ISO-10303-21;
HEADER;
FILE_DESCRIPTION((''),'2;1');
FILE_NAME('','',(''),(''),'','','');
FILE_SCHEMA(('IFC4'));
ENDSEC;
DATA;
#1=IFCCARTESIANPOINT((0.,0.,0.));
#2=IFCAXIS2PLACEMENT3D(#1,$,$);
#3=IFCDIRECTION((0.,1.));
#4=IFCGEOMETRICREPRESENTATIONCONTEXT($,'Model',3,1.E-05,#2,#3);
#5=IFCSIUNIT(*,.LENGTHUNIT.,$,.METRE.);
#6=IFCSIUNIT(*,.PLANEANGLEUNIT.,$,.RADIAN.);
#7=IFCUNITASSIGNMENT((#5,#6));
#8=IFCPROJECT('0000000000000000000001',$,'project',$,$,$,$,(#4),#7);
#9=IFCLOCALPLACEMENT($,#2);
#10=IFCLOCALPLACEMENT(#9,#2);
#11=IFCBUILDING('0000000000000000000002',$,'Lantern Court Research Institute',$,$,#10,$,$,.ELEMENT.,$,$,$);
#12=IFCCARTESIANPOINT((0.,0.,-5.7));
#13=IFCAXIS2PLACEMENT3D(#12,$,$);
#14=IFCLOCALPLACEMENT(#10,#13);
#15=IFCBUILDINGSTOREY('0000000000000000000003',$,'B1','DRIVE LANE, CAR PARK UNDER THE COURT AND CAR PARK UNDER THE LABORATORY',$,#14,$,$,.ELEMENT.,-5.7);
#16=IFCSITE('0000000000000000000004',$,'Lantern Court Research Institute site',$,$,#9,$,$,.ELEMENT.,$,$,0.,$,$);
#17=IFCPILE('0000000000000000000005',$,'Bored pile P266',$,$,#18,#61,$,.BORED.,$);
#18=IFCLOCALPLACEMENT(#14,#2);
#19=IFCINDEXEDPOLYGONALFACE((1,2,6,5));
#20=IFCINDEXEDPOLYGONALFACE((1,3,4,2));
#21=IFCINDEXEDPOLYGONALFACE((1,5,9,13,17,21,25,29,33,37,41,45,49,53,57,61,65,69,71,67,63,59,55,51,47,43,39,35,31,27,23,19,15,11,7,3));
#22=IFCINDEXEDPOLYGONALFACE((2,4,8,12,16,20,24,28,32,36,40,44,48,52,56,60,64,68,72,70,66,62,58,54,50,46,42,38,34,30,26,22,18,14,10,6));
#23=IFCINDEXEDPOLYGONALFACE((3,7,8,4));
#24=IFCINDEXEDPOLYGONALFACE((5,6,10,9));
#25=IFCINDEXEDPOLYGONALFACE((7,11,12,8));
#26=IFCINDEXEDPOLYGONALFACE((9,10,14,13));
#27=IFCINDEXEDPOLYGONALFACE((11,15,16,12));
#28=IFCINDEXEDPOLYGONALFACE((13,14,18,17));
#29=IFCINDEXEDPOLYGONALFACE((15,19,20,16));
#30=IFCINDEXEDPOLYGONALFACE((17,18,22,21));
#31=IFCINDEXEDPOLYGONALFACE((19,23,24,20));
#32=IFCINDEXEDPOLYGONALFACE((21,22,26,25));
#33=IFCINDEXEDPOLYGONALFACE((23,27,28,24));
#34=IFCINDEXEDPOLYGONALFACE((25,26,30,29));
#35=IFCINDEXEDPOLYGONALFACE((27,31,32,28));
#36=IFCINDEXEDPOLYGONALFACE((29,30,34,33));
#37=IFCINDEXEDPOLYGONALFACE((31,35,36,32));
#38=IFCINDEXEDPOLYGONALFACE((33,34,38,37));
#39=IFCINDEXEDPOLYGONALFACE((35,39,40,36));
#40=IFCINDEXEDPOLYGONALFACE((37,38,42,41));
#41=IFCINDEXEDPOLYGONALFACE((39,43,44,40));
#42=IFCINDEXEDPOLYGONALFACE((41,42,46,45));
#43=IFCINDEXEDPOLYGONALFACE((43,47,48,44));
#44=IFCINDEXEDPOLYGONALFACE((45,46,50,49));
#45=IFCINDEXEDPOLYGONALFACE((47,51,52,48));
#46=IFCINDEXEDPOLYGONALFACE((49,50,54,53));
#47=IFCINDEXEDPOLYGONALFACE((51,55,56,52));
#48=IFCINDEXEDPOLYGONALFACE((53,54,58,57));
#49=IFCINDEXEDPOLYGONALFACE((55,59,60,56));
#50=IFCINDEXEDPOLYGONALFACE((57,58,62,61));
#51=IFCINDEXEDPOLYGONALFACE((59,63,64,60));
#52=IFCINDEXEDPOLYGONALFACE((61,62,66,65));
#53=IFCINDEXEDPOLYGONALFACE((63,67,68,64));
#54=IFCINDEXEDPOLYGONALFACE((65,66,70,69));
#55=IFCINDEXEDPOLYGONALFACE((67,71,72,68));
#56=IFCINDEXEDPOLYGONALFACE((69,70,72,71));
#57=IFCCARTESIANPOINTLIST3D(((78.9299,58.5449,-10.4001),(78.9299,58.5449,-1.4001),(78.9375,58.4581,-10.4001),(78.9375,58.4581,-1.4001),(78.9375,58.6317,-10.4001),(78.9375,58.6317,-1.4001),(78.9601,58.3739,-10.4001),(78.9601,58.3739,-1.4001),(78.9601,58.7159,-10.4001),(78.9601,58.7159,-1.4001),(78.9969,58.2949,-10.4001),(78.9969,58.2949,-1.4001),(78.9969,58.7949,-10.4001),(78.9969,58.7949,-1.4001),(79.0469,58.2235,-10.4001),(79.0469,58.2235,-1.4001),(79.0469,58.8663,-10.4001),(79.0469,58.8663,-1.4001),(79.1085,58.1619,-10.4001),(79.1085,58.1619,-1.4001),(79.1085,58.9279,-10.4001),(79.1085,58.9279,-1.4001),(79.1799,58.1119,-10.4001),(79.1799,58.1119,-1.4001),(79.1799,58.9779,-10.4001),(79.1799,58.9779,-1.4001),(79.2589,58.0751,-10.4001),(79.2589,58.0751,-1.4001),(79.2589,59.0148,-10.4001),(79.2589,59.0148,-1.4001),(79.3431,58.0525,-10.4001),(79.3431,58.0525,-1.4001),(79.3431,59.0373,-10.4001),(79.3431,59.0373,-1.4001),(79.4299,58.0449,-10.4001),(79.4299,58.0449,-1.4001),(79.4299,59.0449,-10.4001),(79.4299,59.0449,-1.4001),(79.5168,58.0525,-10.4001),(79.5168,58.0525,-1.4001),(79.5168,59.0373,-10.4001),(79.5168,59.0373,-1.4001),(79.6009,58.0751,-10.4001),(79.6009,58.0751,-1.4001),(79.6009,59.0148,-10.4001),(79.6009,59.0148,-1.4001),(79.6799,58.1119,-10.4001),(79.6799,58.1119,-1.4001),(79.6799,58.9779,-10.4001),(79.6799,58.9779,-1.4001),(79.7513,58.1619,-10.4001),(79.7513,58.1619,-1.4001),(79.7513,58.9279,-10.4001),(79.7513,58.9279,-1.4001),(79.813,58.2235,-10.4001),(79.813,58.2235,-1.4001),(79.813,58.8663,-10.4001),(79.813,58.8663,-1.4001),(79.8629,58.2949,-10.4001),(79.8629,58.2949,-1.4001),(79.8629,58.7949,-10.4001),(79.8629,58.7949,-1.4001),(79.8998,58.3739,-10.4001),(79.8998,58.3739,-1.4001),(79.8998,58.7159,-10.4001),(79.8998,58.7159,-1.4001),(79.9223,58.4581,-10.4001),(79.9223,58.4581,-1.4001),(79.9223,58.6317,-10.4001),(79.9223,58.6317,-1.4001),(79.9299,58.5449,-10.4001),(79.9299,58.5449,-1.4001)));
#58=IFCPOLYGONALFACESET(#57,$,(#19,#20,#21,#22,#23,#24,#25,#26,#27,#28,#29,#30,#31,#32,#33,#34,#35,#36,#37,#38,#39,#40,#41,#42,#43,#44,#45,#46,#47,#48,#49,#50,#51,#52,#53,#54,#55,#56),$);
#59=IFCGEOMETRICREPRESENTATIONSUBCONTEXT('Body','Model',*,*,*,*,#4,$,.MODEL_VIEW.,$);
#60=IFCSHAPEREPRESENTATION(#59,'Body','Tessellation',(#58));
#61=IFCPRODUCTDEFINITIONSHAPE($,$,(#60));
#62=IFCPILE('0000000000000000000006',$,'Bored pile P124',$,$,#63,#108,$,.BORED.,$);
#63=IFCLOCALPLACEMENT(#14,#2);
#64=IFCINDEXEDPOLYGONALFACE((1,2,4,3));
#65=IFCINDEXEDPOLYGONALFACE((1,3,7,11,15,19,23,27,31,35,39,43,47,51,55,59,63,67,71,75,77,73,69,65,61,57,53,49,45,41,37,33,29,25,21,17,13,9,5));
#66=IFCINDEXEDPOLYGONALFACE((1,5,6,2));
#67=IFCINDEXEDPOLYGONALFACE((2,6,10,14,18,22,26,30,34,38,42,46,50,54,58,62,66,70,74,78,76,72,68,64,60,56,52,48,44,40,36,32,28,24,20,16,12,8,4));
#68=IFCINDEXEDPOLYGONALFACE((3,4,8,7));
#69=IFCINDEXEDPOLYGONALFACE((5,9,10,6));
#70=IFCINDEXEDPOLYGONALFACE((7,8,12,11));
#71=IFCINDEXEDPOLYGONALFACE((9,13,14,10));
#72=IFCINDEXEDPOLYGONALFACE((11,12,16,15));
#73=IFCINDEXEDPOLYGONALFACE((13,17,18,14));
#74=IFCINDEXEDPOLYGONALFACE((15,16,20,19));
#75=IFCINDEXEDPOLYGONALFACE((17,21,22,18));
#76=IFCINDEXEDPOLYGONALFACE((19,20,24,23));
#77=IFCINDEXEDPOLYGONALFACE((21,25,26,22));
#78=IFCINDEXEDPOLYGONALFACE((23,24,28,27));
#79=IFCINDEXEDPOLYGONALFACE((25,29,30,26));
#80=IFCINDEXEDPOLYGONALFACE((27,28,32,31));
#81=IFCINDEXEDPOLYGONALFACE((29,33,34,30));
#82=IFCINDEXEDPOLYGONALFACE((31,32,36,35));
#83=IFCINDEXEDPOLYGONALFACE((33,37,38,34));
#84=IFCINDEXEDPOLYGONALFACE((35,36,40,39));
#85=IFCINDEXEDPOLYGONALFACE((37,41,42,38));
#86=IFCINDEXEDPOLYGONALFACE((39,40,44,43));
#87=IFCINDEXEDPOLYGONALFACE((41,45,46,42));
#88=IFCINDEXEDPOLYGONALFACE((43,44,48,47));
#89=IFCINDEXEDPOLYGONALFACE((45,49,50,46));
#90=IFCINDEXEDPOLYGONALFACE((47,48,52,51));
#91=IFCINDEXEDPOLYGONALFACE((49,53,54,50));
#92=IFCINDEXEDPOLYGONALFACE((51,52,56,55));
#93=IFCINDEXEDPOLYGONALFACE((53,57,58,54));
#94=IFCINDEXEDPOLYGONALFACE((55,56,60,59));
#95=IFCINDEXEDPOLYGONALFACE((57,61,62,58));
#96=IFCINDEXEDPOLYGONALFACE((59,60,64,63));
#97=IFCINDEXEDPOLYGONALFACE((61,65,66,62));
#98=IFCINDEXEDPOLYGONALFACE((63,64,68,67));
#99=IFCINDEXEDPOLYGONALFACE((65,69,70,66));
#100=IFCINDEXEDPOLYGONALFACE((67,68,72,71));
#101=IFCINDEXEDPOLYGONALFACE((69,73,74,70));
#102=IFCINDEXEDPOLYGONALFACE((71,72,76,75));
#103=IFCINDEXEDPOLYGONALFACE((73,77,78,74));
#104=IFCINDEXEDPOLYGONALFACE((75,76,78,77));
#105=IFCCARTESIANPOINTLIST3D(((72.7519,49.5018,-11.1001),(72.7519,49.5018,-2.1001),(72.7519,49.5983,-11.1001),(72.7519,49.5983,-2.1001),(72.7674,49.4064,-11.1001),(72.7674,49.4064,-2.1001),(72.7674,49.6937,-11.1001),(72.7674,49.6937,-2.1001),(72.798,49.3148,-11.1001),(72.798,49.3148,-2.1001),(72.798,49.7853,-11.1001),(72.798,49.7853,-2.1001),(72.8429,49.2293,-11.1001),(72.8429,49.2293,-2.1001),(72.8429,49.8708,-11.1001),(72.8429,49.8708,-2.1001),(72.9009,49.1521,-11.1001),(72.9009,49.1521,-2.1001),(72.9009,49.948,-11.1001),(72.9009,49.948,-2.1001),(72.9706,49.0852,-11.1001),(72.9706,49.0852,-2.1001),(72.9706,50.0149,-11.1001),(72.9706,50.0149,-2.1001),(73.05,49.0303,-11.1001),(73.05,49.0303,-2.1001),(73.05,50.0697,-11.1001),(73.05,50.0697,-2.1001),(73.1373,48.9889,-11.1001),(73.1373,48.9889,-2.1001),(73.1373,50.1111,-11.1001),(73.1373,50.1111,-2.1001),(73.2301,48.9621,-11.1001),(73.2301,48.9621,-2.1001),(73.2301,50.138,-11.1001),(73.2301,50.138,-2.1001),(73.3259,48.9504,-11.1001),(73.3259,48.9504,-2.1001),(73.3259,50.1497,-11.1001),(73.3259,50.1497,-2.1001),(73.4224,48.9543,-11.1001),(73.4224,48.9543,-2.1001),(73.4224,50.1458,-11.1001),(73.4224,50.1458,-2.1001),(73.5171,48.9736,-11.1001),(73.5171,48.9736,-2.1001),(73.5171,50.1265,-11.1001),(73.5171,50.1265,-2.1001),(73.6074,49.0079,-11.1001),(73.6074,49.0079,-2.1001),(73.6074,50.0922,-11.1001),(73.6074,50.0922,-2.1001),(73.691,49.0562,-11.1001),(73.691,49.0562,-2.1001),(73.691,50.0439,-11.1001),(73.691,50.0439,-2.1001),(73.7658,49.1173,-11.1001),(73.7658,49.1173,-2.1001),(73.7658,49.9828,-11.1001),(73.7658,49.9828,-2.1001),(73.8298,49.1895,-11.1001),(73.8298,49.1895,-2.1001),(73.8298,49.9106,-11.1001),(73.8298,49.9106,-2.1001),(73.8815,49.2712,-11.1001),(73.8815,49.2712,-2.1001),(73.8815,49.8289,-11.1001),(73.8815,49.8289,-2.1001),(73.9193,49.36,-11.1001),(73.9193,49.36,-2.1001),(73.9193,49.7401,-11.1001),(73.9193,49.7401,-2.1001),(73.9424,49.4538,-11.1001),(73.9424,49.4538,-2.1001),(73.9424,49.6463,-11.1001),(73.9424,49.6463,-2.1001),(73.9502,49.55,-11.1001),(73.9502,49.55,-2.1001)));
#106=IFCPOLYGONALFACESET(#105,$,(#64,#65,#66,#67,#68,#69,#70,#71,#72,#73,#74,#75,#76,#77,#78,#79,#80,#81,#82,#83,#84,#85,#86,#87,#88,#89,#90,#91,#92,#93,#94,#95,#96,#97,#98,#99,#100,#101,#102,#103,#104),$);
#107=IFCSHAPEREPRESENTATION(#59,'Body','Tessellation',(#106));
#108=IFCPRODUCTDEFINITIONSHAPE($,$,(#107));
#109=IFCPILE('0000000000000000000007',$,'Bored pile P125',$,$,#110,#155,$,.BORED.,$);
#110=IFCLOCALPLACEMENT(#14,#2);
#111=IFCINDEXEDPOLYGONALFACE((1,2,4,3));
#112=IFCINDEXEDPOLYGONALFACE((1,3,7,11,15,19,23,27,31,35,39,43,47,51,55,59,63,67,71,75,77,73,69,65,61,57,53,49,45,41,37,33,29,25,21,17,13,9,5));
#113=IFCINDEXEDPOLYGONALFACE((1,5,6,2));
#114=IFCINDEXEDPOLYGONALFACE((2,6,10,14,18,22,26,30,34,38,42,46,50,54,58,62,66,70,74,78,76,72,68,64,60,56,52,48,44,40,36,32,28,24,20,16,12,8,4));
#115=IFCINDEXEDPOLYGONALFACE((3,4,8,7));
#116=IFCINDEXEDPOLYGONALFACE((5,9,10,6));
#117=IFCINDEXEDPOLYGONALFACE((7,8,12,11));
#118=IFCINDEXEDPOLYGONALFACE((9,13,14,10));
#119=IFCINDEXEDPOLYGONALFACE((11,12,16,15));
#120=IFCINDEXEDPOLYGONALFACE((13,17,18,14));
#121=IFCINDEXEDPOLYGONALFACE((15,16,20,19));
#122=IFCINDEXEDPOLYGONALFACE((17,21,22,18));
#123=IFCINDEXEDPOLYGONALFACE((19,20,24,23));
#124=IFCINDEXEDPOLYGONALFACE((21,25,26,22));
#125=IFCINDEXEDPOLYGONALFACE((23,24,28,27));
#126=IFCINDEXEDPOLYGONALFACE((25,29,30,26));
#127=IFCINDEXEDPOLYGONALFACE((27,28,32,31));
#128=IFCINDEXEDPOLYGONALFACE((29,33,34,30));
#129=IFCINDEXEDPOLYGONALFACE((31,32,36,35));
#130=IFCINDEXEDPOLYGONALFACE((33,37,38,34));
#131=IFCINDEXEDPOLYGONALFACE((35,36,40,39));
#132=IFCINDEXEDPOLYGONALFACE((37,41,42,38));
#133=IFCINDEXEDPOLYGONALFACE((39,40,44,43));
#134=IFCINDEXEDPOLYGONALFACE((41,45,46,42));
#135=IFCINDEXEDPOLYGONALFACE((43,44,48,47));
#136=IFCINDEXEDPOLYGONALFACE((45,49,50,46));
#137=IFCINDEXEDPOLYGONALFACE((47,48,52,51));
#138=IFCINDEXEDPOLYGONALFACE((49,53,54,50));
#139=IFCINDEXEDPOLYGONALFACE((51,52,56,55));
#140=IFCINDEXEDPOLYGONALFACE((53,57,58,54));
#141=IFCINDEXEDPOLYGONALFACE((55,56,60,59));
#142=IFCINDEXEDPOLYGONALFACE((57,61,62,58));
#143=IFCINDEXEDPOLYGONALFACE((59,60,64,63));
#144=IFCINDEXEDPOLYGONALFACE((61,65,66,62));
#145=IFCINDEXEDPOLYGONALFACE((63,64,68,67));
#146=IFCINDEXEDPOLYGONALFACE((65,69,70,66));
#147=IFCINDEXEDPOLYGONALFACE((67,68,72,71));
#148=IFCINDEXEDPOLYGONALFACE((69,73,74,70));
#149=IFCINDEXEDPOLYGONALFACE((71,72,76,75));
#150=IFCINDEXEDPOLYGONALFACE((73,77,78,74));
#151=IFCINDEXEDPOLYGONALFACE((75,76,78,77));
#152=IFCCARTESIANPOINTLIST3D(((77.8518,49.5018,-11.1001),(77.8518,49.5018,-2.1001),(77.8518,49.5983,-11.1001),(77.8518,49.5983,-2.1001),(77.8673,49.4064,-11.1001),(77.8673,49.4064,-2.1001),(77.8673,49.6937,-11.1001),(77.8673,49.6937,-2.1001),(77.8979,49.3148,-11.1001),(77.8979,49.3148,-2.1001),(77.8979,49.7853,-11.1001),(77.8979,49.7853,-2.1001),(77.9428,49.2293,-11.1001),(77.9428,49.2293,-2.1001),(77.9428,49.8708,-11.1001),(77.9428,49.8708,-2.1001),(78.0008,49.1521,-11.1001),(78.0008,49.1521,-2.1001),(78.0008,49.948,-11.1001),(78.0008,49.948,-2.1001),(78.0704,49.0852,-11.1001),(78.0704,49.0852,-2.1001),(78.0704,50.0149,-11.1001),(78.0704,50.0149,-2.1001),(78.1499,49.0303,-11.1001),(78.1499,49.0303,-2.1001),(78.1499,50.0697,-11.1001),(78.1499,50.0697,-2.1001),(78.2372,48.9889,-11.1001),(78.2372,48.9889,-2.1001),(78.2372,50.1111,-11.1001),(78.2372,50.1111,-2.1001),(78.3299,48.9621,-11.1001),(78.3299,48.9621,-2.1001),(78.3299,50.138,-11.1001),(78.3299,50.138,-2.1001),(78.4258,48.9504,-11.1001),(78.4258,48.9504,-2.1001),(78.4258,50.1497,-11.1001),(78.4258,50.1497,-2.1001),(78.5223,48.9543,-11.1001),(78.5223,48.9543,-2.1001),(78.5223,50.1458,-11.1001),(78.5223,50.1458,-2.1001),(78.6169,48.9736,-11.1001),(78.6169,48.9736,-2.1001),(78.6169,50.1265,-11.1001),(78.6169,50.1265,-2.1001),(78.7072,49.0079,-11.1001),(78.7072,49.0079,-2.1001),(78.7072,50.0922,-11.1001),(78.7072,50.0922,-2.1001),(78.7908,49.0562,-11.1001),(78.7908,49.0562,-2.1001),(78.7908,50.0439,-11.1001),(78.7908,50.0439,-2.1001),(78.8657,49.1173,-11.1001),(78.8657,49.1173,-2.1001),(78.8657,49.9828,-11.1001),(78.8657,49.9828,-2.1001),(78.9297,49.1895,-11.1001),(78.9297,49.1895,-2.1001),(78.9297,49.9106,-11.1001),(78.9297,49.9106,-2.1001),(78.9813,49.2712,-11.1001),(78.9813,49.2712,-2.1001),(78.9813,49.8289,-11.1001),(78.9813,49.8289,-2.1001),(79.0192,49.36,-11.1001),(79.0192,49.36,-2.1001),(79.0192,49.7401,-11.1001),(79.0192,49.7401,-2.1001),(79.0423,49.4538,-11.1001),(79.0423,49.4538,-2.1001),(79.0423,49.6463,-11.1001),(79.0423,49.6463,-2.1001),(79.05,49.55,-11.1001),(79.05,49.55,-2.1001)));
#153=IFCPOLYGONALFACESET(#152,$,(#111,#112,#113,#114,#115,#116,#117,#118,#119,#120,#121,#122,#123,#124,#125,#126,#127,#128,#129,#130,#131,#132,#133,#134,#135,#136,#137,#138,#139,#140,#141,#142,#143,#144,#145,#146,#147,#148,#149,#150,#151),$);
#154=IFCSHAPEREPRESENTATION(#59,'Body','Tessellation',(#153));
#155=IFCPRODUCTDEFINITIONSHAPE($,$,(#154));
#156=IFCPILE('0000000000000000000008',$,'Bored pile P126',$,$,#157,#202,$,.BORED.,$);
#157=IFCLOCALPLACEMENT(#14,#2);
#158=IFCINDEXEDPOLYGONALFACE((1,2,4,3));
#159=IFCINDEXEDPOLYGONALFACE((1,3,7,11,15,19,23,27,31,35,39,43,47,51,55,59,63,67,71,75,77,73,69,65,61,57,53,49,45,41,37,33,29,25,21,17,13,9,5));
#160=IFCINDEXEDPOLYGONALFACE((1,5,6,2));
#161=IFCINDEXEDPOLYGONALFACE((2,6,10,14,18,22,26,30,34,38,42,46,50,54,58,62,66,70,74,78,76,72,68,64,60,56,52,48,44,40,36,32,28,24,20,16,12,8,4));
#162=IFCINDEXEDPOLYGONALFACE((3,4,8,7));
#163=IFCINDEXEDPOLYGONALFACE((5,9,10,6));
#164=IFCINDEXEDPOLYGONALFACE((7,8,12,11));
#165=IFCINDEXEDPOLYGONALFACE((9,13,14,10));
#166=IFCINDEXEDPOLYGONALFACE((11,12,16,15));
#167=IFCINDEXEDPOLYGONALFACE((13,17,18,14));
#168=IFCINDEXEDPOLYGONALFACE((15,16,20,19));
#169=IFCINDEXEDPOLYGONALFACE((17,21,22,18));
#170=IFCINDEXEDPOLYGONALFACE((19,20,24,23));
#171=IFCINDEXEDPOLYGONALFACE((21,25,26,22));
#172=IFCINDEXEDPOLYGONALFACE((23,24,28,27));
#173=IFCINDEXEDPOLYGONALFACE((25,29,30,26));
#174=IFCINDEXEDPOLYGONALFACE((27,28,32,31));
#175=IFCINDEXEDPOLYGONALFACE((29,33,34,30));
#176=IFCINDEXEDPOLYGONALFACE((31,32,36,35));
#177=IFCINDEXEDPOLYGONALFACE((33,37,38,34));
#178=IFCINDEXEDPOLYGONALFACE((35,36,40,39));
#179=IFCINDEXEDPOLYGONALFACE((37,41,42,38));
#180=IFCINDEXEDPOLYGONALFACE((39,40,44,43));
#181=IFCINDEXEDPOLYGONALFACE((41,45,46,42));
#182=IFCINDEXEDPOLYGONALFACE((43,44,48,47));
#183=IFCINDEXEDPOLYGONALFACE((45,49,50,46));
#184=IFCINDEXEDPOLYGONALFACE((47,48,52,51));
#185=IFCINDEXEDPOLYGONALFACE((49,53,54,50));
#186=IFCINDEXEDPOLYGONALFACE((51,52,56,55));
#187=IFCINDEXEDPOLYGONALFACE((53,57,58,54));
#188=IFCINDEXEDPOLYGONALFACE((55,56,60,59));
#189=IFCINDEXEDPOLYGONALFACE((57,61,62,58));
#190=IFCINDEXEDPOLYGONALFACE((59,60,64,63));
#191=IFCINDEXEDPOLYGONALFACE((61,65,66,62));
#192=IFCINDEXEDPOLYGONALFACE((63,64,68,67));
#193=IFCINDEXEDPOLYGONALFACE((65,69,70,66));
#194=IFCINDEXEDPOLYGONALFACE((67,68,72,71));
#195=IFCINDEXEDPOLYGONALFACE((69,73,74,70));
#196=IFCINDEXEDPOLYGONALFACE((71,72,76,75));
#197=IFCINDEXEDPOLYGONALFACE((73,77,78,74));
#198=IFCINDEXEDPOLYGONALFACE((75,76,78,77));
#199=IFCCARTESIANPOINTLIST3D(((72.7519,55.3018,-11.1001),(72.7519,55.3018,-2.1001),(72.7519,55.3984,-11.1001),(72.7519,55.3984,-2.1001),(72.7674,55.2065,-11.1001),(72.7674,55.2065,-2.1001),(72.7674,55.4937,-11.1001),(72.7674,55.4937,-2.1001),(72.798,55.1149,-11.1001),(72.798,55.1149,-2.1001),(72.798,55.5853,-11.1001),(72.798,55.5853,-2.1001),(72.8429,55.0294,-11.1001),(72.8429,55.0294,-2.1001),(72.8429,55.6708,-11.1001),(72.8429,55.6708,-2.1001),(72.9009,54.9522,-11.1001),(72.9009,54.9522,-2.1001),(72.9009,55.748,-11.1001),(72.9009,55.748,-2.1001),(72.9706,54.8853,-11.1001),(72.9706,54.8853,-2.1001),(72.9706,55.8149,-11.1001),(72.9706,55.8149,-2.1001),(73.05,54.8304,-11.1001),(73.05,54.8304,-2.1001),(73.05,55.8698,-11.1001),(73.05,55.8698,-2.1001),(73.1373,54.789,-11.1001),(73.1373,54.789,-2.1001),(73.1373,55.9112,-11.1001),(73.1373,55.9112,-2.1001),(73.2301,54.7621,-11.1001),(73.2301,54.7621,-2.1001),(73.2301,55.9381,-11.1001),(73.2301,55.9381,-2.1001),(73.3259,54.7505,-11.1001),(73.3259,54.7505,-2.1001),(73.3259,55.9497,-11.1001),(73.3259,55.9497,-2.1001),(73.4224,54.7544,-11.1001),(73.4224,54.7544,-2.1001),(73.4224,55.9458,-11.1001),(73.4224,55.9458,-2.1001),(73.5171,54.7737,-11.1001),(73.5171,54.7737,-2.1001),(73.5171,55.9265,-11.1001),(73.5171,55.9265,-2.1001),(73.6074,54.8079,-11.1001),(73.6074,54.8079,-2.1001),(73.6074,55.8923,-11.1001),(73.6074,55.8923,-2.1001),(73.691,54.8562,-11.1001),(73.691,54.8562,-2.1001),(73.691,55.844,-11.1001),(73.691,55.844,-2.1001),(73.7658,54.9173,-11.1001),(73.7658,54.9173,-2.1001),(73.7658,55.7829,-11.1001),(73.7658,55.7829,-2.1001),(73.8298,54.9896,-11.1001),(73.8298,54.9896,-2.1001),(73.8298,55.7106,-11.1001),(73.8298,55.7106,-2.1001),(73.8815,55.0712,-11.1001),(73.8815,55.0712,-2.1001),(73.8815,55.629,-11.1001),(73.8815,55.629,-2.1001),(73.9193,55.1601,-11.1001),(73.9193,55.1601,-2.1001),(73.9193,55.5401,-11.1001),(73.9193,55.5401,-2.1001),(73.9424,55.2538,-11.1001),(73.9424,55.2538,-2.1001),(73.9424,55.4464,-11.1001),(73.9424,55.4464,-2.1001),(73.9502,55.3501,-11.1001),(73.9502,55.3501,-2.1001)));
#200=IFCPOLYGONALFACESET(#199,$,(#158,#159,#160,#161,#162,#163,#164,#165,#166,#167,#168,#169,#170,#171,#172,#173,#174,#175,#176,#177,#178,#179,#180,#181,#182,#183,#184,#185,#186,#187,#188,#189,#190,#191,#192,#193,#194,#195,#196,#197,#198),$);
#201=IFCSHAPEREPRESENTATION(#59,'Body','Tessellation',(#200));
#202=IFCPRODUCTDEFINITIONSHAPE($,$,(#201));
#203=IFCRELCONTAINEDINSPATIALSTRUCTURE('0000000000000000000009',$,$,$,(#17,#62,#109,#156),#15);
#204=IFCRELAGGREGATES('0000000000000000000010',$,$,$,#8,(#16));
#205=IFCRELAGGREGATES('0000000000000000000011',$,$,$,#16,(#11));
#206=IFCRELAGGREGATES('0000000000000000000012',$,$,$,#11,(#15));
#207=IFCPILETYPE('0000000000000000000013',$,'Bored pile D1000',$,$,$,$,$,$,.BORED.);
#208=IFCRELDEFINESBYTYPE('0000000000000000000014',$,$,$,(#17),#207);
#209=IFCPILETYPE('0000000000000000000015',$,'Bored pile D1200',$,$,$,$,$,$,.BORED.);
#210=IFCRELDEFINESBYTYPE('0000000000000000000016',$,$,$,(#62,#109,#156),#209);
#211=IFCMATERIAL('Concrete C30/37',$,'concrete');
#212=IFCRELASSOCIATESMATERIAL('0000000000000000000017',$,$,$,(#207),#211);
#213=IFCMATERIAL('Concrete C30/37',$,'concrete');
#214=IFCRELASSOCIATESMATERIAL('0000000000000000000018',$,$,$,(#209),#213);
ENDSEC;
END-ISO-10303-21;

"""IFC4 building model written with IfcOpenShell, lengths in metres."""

from ifc_helpers import new_model, si_unit, direction, frame, origin, origin_2d, place, context, subcontext, project, spatial, circle, extrude, material, material_profile, profile_set, type_object, element, save


model = new_model("IFC4")

# Units and contexts
model_context = context("Model", 3, precision=1e-05, world=origin(), true_north=direction((0.0, 1.0)))
body_context = subcontext(model_context, "Body", "Model", "MODEL_VIEW")
ifc_project = project(units=[si_unit("LENGTHUNIT", "METRE"), si_unit("PLANEANGLEUNIT", "RADIAN")], contexts=[model_context])

# Site, building, storey
site_placement = place(None, origin())
site = spatial("IfcSite", under=ifc_project, at=site_placement, Name="Lantern Court Research Institute site", CompositionType="ELEMENT", RefElevation=0.0)
building_placement = place(site_placement, origin())
building = spatial("IfcBuilding", under=site, at=building_placement, Name="Lantern Court Research Institute", CompositionType="ELEMENT")
storey_placement = place(building_placement, frame((0.0, 0.0, -5.7)))
storey = spatial("IfcBuildingStorey", under=building, at=storey_placement, Name="B1", Description="DRIVE LANE, CAR PARK UNDER THE COURT AND CAR PARK UNDER THE LABORATORY", CompositionType="ELEMENT", Elevation=-5.7)

# Piles
ifc_material_1 = material(Name="Concrete C30/37", Category="concrete")
ifc_material_profile_1 = material_profile(ifc_material_1, circle(Radius=0.5, at=origin_2d()), Name="Bored pile D1000")
ifc_profile_set_1 = profile_set([ifc_material_profile_1], Name="Concrete C30/37")
pile_type_1 = type_object("IfcPileType", Name="Bored pile D1000", PredefinedType="BORED", material=ifc_profile_set_1)
pile_placement = place(storey_placement, frame((79.4299, 58.5449, -1.4001), z_axis=(0.0, 0.0, -1.0), x_axis=(1.0, 0.0, 0.0)))
element("IfcPile", 1, at=pile_placement, inside=storey, type_object=pile_type_1, Name="Bored pile P266", PredefinedType="BORED", context=body_context, shape_type="SweptSolid", body=[
    extrude(circle(Radius=0.5, at=origin_2d()), origin(), (0.0, 0.0, 1.0), 9.0),
])
ifc_material_2 = material(Name="Concrete C30/37", Category="concrete")
ifc_material_profile_2 = material_profile(ifc_material_2, circle(Radius=0.6001, at=origin_2d()), Name="Bored pile D1200")
ifc_profile_set_2 = profile_set([ifc_material_profile_2], Name="Concrete C30/37")
pile_type_2 = type_object("IfcPileType", Name="Bored pile D1200", PredefinedType="BORED", material=ifc_profile_set_2)
for number, where, z_axis, x_axis, name in (
    (2, (73.3501, 49.55, -2.1001), (0.0, 0.0, -1.0), (1.0, 0.0, 0.0), "Bored pile P124"),
    (3, (78.45, 49.55, -2.1001), (0.0, 0.0, -1.0), (1.0, 0.0, 0.0), "Bored pile P125"),
    (4, (73.3501, 55.3501, -2.1001), (0.0, 0.0, -1.0), (1.0, 0.0, 0.0), "Bored pile P126"),
):
    element("IfcPile", number, at=place(storey_placement, frame(where, z_axis=z_axis, x_axis=x_axis)), inside=storey, type_object=pile_type_2, Name=name, PredefinedType="BORED", context=body_context, shape_type="SweptSolid", body=[
        extrude(circle(Radius=0.6001, at=origin_2d()), origin(), (0.0, 0.0, 1.0), 9.0),
    ])

save(model, "model.ifc")
